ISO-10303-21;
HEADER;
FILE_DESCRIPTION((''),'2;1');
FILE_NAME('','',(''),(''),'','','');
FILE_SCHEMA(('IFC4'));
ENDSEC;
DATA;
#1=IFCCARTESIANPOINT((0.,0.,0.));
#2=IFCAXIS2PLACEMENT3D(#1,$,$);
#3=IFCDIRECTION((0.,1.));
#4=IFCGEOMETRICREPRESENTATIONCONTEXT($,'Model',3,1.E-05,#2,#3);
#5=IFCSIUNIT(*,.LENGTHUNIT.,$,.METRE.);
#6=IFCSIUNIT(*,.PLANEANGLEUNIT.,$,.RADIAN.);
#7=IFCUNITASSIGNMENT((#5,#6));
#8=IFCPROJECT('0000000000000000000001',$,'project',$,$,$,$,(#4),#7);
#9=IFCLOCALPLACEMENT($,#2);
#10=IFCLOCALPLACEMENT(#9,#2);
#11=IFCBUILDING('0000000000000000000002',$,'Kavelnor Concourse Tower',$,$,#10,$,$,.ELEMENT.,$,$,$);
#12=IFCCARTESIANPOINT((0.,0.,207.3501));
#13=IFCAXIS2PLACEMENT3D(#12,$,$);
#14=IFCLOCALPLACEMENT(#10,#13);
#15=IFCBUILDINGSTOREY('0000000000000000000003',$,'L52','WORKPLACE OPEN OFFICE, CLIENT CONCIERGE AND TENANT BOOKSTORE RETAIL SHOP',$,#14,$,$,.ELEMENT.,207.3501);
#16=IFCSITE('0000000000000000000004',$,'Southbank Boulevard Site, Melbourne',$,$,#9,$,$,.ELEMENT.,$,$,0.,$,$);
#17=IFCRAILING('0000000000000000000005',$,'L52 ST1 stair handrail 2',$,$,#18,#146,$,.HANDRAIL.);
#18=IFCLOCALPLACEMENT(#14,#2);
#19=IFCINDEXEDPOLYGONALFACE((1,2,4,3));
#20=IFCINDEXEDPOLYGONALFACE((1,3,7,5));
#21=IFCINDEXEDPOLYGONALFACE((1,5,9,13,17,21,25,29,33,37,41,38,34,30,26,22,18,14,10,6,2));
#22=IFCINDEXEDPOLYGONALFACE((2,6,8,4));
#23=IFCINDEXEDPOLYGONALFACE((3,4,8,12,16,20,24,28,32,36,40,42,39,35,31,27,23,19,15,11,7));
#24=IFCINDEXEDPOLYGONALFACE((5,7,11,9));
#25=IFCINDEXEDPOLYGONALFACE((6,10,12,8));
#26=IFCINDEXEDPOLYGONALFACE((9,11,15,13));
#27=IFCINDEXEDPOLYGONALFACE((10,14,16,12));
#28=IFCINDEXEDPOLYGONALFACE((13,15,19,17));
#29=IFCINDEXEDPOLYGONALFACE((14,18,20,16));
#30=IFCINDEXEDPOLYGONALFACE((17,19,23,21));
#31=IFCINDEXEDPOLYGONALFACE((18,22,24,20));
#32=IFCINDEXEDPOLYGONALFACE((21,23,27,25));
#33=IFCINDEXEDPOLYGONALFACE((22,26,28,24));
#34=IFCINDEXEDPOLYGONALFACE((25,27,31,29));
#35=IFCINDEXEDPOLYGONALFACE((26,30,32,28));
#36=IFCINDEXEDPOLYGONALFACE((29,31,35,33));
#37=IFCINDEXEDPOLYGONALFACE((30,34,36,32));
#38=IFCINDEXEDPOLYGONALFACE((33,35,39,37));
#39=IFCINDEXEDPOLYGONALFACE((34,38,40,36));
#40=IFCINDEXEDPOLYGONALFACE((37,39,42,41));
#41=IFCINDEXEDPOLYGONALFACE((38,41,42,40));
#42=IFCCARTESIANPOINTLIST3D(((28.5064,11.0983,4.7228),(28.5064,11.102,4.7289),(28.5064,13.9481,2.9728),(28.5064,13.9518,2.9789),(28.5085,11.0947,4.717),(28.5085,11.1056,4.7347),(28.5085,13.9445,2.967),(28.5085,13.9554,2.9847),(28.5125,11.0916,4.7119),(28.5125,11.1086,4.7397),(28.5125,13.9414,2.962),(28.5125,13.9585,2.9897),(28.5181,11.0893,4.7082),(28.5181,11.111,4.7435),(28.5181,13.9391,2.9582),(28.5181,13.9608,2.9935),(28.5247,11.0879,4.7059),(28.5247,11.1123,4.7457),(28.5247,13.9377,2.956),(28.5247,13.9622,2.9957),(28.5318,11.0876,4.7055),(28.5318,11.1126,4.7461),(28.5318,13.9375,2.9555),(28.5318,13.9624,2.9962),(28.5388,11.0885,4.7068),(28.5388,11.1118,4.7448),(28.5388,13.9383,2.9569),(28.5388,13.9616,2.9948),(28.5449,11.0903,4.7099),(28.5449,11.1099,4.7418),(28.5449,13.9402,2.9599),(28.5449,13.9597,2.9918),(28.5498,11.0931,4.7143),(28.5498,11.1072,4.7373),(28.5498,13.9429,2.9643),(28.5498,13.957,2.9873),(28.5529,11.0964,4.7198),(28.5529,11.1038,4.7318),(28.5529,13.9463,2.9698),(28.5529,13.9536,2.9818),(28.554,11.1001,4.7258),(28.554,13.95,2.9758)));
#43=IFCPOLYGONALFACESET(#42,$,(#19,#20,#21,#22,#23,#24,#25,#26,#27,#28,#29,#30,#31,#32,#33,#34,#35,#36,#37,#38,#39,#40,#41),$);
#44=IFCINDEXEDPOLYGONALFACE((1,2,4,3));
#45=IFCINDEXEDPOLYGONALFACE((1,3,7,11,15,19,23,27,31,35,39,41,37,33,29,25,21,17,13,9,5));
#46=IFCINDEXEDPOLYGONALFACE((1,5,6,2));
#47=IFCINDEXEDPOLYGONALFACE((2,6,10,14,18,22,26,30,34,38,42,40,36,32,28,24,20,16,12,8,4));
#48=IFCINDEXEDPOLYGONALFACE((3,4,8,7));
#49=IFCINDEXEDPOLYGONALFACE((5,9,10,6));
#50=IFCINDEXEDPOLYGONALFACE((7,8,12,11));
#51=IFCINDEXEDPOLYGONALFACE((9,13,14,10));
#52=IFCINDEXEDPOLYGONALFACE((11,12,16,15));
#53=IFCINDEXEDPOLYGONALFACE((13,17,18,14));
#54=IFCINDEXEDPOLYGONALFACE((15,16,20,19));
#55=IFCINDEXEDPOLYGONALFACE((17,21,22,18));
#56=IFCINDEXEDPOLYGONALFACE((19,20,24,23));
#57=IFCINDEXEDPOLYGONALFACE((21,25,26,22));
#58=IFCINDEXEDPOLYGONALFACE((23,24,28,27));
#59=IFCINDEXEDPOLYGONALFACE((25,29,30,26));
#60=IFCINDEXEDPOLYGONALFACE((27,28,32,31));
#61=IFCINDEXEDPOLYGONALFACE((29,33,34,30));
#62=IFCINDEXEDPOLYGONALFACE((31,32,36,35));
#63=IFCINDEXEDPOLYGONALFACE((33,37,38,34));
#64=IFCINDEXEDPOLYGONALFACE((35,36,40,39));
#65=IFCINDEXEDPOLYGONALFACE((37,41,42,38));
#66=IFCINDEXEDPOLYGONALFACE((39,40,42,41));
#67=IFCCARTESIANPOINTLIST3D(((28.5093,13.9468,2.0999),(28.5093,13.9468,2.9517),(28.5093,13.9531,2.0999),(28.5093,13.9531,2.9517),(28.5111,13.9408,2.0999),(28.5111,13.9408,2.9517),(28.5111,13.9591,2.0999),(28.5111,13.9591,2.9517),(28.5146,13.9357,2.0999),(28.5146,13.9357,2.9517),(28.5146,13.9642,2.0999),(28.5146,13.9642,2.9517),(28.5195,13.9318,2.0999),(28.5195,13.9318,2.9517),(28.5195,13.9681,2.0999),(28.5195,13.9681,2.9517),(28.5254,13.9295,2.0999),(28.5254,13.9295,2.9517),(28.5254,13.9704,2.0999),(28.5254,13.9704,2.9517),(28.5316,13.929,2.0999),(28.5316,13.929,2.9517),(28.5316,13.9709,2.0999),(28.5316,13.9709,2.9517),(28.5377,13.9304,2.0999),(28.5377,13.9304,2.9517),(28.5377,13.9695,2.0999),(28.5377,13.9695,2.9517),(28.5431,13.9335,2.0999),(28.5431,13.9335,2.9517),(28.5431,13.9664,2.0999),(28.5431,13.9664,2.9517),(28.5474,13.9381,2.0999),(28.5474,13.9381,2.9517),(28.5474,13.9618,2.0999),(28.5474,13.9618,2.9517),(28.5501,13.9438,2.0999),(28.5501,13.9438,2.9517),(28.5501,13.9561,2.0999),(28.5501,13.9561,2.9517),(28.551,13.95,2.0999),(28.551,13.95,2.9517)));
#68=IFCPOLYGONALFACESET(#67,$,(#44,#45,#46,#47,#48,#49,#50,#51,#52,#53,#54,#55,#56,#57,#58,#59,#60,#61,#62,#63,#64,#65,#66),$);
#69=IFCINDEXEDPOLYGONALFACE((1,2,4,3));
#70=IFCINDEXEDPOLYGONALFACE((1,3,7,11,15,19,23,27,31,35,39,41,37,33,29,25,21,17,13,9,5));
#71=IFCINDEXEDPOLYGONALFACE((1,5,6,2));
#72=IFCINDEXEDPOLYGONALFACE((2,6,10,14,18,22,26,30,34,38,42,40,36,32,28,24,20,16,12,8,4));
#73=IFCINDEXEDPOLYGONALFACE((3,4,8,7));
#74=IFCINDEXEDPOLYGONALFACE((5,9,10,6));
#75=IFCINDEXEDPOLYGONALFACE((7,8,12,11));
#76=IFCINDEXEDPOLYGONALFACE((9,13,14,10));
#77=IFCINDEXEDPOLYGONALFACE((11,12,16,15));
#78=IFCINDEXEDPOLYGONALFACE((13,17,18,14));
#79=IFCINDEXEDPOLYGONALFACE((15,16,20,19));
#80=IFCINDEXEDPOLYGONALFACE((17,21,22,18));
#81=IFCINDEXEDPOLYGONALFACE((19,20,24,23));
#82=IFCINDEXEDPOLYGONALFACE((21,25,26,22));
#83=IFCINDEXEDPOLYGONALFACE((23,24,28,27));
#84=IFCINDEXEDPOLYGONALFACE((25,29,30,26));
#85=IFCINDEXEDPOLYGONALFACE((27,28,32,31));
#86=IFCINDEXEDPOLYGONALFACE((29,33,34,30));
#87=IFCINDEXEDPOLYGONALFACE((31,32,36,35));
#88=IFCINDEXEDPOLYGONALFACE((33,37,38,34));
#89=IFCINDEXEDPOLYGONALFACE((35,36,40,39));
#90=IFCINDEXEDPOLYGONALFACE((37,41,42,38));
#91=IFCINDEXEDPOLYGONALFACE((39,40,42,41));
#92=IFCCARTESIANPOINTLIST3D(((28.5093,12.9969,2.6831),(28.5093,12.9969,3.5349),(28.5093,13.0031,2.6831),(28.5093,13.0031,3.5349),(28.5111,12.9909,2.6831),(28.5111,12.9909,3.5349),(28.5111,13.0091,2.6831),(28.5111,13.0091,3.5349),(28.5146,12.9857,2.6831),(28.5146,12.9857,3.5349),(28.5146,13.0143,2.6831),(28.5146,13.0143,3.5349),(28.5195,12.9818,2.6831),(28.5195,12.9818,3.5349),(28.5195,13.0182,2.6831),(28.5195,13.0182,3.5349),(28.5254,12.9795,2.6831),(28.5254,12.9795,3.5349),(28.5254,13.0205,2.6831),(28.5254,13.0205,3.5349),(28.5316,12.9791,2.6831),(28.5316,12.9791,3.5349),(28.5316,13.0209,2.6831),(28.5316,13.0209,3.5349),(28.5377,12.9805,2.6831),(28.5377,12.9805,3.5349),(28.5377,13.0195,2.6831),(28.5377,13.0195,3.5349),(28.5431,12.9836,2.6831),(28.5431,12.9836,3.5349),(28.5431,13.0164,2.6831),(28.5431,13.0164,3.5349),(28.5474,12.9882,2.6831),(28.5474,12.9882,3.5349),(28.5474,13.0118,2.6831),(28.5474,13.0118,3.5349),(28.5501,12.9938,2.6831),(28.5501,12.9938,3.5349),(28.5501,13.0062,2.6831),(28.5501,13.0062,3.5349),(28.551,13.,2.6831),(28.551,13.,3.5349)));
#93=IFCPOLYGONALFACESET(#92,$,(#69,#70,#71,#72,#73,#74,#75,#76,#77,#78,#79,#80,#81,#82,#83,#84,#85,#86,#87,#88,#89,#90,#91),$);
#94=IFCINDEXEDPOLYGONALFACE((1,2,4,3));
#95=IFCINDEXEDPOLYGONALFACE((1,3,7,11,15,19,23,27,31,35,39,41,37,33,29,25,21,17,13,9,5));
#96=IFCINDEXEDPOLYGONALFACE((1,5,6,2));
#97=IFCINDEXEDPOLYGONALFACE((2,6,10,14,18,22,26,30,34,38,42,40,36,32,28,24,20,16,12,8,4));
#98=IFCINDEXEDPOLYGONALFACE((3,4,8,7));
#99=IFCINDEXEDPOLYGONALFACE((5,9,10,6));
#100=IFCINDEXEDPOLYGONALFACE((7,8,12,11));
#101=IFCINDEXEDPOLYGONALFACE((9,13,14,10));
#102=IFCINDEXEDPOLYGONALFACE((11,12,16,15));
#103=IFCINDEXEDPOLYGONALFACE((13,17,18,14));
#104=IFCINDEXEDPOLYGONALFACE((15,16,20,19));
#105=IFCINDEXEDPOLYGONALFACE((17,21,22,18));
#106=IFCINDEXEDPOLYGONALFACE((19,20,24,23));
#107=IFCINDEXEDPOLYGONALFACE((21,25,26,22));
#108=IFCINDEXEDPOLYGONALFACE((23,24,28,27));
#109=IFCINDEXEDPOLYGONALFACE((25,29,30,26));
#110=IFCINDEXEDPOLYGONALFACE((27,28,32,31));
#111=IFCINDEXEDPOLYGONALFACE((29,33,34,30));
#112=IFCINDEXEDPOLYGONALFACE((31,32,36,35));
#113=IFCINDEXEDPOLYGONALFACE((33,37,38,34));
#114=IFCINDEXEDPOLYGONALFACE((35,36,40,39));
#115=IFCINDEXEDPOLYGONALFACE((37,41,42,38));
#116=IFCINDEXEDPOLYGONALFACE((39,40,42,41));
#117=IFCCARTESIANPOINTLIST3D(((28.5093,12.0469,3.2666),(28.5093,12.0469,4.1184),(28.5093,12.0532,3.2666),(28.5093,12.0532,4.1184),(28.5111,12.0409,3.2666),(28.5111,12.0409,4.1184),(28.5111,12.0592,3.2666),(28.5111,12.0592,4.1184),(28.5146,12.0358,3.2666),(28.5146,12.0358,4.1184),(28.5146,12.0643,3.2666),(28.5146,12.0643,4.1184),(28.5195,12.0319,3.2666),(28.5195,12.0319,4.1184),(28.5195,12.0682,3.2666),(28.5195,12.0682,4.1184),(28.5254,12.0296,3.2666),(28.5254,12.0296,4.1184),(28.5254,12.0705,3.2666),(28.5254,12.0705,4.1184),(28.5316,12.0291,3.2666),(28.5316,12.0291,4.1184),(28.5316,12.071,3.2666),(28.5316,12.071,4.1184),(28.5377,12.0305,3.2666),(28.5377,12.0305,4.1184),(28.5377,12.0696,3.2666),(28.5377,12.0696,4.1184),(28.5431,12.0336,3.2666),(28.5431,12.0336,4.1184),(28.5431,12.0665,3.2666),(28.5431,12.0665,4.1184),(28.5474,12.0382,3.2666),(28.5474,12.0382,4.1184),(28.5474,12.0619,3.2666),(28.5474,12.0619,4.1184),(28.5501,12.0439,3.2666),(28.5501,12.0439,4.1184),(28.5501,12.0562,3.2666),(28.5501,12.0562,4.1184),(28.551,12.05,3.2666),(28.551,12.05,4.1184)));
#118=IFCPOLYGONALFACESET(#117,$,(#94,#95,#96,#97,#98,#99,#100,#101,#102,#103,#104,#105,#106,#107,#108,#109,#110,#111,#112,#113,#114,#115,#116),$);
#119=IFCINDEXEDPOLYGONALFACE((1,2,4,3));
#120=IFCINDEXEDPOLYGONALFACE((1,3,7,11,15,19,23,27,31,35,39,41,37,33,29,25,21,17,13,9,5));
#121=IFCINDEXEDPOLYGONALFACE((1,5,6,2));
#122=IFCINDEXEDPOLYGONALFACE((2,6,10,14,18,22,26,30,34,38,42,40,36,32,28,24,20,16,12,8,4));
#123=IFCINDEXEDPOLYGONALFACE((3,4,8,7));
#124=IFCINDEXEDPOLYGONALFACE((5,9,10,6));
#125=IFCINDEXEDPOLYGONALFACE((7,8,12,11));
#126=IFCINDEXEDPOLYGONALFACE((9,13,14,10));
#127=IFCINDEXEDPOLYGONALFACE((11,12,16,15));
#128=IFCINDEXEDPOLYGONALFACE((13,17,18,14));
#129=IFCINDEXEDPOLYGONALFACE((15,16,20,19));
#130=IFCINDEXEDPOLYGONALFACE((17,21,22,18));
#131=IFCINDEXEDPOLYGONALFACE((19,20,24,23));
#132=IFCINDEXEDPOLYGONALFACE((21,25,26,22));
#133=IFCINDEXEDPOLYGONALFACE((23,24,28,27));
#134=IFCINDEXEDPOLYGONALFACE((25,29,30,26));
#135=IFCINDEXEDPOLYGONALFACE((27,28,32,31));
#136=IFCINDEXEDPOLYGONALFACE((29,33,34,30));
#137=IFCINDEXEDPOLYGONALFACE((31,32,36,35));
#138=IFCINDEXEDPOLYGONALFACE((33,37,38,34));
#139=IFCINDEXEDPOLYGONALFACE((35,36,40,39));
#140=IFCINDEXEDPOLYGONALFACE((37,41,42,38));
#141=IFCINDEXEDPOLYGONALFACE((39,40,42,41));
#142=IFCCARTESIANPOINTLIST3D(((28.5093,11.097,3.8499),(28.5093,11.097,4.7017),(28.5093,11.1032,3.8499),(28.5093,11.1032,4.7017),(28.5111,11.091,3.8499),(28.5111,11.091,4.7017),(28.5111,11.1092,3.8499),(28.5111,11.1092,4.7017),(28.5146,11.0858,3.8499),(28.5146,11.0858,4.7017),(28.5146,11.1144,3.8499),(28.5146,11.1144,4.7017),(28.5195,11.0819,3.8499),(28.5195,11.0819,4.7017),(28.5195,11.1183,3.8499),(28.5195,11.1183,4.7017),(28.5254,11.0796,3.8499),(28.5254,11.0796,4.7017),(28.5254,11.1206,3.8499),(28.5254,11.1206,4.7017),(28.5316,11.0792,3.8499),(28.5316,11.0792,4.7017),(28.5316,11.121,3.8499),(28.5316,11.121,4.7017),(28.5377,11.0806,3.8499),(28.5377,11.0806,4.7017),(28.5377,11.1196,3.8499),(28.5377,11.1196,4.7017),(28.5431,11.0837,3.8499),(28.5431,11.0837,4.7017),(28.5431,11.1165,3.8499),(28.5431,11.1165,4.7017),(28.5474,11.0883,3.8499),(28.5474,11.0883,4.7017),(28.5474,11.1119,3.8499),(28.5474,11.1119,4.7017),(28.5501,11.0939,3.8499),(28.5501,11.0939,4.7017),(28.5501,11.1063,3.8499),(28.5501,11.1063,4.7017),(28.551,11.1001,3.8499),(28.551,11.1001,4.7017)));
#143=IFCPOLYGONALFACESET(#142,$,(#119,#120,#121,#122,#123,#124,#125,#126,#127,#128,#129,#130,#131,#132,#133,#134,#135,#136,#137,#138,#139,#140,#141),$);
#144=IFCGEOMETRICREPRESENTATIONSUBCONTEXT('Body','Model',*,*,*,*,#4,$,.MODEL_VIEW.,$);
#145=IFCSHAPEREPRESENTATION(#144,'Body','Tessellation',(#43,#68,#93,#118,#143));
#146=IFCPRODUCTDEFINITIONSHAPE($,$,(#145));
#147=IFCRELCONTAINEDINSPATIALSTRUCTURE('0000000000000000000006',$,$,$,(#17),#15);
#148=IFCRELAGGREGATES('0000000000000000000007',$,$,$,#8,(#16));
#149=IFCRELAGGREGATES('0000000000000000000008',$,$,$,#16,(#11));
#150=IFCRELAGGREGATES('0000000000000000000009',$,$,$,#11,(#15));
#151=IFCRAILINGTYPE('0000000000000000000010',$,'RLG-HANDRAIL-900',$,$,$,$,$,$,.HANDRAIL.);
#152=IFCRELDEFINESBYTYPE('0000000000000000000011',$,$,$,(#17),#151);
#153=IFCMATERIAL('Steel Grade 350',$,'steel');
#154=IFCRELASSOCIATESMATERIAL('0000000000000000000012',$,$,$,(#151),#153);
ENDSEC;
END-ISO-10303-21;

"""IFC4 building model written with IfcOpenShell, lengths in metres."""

from ifc_helpers import new_model, si_unit, direction, frame, origin, origin_2d, place, context, subcontext, project, spatial, circle, extrude, material, type_object, element, save


model = new_model("IFC4")

# Units and contexts
model_context = context("Model", 3, precision=1e-05, world=origin(), true_north=direction((0.0, 1.0)))
body_context = subcontext(model_context, "Body", "Model", "MODEL_VIEW")
ifc_project = project(units=[si_unit("LENGTHUNIT", "METRE"), si_unit("PLANEANGLEUNIT", "RADIAN")], contexts=[model_context])

# Site, building, storey
site_placement = place(None, origin())
site = spatial("IfcSite", under=ifc_project, at=site_placement, Name="Southbank Boulevard Site, Melbourne", CompositionType="ELEMENT", RefElevation=0.0)
building_placement = place(site_placement, origin())
building = spatial("IfcBuilding", under=site, at=building_placement, Name="Kavelnor Concourse Tower", CompositionType="ELEMENT")
storey_placement = place(building_placement, frame((0.0, 0.0, 207.3501)))
storey = spatial("IfcBuildingStorey", under=building, at=storey_placement, Name="L52", Description="WORKPLACE OPEN OFFICE, CLIENT CONCIERGE AND TENANT BOOKSTORE RETAIL SHOP", CompositionType="ELEMENT", Elevation=207.3501)

# Shared definitions
ifc_material_1 = material(Name="Steel Grade 350", Category="steel")

# Railing
railing_type_1 = type_object("IfcRailingType", Name="RLG-HANDRAIL-900", PredefinedType="HANDRAIL", material=ifc_material_1)
railing_1_placement = place(storey_placement, frame((28.53, 13.95, 2.0999)))
element("IfcRailing", 1, at=railing_1_placement, inside=storey, type_object=railing_type_1, Name="L52 ST1 stair handrail 2", PredefinedType="HANDRAIL", context=body_context, shape_type="SweptSolid", body=[
    extrude(circle(Radius=0.0239, at=origin_2d()), frame((0.0, 0.0, 0.876), z_axis=(0.0, -0.852159, 0.523283), x_axis=(1.0, 0.0, 0.0)), (0.0, 0.0, 1.0), 3.3442),
    extrude(circle(Radius=0.021, at=origin_2d()), origin(), (0.0, 0.0, 1.0), 0.8518),
    extrude(circle(Radius=0.021, at=origin_2d()), frame((0.0, -0.95, 0.5833)), (0.0, 0.0, 1.0), 0.8518),
    extrude(circle(Radius=0.021, at=origin_2d()), frame((0.0, -1.8999, 1.1667)), (0.0, 0.0, 1.0), 0.8518),
    extrude(circle(Radius=0.021, at=origin_2d()), frame((0.0, -2.8499, 1.75)), (0.0, 0.0, 1.0), 0.8518),
])

save(model, "model.ifc")
